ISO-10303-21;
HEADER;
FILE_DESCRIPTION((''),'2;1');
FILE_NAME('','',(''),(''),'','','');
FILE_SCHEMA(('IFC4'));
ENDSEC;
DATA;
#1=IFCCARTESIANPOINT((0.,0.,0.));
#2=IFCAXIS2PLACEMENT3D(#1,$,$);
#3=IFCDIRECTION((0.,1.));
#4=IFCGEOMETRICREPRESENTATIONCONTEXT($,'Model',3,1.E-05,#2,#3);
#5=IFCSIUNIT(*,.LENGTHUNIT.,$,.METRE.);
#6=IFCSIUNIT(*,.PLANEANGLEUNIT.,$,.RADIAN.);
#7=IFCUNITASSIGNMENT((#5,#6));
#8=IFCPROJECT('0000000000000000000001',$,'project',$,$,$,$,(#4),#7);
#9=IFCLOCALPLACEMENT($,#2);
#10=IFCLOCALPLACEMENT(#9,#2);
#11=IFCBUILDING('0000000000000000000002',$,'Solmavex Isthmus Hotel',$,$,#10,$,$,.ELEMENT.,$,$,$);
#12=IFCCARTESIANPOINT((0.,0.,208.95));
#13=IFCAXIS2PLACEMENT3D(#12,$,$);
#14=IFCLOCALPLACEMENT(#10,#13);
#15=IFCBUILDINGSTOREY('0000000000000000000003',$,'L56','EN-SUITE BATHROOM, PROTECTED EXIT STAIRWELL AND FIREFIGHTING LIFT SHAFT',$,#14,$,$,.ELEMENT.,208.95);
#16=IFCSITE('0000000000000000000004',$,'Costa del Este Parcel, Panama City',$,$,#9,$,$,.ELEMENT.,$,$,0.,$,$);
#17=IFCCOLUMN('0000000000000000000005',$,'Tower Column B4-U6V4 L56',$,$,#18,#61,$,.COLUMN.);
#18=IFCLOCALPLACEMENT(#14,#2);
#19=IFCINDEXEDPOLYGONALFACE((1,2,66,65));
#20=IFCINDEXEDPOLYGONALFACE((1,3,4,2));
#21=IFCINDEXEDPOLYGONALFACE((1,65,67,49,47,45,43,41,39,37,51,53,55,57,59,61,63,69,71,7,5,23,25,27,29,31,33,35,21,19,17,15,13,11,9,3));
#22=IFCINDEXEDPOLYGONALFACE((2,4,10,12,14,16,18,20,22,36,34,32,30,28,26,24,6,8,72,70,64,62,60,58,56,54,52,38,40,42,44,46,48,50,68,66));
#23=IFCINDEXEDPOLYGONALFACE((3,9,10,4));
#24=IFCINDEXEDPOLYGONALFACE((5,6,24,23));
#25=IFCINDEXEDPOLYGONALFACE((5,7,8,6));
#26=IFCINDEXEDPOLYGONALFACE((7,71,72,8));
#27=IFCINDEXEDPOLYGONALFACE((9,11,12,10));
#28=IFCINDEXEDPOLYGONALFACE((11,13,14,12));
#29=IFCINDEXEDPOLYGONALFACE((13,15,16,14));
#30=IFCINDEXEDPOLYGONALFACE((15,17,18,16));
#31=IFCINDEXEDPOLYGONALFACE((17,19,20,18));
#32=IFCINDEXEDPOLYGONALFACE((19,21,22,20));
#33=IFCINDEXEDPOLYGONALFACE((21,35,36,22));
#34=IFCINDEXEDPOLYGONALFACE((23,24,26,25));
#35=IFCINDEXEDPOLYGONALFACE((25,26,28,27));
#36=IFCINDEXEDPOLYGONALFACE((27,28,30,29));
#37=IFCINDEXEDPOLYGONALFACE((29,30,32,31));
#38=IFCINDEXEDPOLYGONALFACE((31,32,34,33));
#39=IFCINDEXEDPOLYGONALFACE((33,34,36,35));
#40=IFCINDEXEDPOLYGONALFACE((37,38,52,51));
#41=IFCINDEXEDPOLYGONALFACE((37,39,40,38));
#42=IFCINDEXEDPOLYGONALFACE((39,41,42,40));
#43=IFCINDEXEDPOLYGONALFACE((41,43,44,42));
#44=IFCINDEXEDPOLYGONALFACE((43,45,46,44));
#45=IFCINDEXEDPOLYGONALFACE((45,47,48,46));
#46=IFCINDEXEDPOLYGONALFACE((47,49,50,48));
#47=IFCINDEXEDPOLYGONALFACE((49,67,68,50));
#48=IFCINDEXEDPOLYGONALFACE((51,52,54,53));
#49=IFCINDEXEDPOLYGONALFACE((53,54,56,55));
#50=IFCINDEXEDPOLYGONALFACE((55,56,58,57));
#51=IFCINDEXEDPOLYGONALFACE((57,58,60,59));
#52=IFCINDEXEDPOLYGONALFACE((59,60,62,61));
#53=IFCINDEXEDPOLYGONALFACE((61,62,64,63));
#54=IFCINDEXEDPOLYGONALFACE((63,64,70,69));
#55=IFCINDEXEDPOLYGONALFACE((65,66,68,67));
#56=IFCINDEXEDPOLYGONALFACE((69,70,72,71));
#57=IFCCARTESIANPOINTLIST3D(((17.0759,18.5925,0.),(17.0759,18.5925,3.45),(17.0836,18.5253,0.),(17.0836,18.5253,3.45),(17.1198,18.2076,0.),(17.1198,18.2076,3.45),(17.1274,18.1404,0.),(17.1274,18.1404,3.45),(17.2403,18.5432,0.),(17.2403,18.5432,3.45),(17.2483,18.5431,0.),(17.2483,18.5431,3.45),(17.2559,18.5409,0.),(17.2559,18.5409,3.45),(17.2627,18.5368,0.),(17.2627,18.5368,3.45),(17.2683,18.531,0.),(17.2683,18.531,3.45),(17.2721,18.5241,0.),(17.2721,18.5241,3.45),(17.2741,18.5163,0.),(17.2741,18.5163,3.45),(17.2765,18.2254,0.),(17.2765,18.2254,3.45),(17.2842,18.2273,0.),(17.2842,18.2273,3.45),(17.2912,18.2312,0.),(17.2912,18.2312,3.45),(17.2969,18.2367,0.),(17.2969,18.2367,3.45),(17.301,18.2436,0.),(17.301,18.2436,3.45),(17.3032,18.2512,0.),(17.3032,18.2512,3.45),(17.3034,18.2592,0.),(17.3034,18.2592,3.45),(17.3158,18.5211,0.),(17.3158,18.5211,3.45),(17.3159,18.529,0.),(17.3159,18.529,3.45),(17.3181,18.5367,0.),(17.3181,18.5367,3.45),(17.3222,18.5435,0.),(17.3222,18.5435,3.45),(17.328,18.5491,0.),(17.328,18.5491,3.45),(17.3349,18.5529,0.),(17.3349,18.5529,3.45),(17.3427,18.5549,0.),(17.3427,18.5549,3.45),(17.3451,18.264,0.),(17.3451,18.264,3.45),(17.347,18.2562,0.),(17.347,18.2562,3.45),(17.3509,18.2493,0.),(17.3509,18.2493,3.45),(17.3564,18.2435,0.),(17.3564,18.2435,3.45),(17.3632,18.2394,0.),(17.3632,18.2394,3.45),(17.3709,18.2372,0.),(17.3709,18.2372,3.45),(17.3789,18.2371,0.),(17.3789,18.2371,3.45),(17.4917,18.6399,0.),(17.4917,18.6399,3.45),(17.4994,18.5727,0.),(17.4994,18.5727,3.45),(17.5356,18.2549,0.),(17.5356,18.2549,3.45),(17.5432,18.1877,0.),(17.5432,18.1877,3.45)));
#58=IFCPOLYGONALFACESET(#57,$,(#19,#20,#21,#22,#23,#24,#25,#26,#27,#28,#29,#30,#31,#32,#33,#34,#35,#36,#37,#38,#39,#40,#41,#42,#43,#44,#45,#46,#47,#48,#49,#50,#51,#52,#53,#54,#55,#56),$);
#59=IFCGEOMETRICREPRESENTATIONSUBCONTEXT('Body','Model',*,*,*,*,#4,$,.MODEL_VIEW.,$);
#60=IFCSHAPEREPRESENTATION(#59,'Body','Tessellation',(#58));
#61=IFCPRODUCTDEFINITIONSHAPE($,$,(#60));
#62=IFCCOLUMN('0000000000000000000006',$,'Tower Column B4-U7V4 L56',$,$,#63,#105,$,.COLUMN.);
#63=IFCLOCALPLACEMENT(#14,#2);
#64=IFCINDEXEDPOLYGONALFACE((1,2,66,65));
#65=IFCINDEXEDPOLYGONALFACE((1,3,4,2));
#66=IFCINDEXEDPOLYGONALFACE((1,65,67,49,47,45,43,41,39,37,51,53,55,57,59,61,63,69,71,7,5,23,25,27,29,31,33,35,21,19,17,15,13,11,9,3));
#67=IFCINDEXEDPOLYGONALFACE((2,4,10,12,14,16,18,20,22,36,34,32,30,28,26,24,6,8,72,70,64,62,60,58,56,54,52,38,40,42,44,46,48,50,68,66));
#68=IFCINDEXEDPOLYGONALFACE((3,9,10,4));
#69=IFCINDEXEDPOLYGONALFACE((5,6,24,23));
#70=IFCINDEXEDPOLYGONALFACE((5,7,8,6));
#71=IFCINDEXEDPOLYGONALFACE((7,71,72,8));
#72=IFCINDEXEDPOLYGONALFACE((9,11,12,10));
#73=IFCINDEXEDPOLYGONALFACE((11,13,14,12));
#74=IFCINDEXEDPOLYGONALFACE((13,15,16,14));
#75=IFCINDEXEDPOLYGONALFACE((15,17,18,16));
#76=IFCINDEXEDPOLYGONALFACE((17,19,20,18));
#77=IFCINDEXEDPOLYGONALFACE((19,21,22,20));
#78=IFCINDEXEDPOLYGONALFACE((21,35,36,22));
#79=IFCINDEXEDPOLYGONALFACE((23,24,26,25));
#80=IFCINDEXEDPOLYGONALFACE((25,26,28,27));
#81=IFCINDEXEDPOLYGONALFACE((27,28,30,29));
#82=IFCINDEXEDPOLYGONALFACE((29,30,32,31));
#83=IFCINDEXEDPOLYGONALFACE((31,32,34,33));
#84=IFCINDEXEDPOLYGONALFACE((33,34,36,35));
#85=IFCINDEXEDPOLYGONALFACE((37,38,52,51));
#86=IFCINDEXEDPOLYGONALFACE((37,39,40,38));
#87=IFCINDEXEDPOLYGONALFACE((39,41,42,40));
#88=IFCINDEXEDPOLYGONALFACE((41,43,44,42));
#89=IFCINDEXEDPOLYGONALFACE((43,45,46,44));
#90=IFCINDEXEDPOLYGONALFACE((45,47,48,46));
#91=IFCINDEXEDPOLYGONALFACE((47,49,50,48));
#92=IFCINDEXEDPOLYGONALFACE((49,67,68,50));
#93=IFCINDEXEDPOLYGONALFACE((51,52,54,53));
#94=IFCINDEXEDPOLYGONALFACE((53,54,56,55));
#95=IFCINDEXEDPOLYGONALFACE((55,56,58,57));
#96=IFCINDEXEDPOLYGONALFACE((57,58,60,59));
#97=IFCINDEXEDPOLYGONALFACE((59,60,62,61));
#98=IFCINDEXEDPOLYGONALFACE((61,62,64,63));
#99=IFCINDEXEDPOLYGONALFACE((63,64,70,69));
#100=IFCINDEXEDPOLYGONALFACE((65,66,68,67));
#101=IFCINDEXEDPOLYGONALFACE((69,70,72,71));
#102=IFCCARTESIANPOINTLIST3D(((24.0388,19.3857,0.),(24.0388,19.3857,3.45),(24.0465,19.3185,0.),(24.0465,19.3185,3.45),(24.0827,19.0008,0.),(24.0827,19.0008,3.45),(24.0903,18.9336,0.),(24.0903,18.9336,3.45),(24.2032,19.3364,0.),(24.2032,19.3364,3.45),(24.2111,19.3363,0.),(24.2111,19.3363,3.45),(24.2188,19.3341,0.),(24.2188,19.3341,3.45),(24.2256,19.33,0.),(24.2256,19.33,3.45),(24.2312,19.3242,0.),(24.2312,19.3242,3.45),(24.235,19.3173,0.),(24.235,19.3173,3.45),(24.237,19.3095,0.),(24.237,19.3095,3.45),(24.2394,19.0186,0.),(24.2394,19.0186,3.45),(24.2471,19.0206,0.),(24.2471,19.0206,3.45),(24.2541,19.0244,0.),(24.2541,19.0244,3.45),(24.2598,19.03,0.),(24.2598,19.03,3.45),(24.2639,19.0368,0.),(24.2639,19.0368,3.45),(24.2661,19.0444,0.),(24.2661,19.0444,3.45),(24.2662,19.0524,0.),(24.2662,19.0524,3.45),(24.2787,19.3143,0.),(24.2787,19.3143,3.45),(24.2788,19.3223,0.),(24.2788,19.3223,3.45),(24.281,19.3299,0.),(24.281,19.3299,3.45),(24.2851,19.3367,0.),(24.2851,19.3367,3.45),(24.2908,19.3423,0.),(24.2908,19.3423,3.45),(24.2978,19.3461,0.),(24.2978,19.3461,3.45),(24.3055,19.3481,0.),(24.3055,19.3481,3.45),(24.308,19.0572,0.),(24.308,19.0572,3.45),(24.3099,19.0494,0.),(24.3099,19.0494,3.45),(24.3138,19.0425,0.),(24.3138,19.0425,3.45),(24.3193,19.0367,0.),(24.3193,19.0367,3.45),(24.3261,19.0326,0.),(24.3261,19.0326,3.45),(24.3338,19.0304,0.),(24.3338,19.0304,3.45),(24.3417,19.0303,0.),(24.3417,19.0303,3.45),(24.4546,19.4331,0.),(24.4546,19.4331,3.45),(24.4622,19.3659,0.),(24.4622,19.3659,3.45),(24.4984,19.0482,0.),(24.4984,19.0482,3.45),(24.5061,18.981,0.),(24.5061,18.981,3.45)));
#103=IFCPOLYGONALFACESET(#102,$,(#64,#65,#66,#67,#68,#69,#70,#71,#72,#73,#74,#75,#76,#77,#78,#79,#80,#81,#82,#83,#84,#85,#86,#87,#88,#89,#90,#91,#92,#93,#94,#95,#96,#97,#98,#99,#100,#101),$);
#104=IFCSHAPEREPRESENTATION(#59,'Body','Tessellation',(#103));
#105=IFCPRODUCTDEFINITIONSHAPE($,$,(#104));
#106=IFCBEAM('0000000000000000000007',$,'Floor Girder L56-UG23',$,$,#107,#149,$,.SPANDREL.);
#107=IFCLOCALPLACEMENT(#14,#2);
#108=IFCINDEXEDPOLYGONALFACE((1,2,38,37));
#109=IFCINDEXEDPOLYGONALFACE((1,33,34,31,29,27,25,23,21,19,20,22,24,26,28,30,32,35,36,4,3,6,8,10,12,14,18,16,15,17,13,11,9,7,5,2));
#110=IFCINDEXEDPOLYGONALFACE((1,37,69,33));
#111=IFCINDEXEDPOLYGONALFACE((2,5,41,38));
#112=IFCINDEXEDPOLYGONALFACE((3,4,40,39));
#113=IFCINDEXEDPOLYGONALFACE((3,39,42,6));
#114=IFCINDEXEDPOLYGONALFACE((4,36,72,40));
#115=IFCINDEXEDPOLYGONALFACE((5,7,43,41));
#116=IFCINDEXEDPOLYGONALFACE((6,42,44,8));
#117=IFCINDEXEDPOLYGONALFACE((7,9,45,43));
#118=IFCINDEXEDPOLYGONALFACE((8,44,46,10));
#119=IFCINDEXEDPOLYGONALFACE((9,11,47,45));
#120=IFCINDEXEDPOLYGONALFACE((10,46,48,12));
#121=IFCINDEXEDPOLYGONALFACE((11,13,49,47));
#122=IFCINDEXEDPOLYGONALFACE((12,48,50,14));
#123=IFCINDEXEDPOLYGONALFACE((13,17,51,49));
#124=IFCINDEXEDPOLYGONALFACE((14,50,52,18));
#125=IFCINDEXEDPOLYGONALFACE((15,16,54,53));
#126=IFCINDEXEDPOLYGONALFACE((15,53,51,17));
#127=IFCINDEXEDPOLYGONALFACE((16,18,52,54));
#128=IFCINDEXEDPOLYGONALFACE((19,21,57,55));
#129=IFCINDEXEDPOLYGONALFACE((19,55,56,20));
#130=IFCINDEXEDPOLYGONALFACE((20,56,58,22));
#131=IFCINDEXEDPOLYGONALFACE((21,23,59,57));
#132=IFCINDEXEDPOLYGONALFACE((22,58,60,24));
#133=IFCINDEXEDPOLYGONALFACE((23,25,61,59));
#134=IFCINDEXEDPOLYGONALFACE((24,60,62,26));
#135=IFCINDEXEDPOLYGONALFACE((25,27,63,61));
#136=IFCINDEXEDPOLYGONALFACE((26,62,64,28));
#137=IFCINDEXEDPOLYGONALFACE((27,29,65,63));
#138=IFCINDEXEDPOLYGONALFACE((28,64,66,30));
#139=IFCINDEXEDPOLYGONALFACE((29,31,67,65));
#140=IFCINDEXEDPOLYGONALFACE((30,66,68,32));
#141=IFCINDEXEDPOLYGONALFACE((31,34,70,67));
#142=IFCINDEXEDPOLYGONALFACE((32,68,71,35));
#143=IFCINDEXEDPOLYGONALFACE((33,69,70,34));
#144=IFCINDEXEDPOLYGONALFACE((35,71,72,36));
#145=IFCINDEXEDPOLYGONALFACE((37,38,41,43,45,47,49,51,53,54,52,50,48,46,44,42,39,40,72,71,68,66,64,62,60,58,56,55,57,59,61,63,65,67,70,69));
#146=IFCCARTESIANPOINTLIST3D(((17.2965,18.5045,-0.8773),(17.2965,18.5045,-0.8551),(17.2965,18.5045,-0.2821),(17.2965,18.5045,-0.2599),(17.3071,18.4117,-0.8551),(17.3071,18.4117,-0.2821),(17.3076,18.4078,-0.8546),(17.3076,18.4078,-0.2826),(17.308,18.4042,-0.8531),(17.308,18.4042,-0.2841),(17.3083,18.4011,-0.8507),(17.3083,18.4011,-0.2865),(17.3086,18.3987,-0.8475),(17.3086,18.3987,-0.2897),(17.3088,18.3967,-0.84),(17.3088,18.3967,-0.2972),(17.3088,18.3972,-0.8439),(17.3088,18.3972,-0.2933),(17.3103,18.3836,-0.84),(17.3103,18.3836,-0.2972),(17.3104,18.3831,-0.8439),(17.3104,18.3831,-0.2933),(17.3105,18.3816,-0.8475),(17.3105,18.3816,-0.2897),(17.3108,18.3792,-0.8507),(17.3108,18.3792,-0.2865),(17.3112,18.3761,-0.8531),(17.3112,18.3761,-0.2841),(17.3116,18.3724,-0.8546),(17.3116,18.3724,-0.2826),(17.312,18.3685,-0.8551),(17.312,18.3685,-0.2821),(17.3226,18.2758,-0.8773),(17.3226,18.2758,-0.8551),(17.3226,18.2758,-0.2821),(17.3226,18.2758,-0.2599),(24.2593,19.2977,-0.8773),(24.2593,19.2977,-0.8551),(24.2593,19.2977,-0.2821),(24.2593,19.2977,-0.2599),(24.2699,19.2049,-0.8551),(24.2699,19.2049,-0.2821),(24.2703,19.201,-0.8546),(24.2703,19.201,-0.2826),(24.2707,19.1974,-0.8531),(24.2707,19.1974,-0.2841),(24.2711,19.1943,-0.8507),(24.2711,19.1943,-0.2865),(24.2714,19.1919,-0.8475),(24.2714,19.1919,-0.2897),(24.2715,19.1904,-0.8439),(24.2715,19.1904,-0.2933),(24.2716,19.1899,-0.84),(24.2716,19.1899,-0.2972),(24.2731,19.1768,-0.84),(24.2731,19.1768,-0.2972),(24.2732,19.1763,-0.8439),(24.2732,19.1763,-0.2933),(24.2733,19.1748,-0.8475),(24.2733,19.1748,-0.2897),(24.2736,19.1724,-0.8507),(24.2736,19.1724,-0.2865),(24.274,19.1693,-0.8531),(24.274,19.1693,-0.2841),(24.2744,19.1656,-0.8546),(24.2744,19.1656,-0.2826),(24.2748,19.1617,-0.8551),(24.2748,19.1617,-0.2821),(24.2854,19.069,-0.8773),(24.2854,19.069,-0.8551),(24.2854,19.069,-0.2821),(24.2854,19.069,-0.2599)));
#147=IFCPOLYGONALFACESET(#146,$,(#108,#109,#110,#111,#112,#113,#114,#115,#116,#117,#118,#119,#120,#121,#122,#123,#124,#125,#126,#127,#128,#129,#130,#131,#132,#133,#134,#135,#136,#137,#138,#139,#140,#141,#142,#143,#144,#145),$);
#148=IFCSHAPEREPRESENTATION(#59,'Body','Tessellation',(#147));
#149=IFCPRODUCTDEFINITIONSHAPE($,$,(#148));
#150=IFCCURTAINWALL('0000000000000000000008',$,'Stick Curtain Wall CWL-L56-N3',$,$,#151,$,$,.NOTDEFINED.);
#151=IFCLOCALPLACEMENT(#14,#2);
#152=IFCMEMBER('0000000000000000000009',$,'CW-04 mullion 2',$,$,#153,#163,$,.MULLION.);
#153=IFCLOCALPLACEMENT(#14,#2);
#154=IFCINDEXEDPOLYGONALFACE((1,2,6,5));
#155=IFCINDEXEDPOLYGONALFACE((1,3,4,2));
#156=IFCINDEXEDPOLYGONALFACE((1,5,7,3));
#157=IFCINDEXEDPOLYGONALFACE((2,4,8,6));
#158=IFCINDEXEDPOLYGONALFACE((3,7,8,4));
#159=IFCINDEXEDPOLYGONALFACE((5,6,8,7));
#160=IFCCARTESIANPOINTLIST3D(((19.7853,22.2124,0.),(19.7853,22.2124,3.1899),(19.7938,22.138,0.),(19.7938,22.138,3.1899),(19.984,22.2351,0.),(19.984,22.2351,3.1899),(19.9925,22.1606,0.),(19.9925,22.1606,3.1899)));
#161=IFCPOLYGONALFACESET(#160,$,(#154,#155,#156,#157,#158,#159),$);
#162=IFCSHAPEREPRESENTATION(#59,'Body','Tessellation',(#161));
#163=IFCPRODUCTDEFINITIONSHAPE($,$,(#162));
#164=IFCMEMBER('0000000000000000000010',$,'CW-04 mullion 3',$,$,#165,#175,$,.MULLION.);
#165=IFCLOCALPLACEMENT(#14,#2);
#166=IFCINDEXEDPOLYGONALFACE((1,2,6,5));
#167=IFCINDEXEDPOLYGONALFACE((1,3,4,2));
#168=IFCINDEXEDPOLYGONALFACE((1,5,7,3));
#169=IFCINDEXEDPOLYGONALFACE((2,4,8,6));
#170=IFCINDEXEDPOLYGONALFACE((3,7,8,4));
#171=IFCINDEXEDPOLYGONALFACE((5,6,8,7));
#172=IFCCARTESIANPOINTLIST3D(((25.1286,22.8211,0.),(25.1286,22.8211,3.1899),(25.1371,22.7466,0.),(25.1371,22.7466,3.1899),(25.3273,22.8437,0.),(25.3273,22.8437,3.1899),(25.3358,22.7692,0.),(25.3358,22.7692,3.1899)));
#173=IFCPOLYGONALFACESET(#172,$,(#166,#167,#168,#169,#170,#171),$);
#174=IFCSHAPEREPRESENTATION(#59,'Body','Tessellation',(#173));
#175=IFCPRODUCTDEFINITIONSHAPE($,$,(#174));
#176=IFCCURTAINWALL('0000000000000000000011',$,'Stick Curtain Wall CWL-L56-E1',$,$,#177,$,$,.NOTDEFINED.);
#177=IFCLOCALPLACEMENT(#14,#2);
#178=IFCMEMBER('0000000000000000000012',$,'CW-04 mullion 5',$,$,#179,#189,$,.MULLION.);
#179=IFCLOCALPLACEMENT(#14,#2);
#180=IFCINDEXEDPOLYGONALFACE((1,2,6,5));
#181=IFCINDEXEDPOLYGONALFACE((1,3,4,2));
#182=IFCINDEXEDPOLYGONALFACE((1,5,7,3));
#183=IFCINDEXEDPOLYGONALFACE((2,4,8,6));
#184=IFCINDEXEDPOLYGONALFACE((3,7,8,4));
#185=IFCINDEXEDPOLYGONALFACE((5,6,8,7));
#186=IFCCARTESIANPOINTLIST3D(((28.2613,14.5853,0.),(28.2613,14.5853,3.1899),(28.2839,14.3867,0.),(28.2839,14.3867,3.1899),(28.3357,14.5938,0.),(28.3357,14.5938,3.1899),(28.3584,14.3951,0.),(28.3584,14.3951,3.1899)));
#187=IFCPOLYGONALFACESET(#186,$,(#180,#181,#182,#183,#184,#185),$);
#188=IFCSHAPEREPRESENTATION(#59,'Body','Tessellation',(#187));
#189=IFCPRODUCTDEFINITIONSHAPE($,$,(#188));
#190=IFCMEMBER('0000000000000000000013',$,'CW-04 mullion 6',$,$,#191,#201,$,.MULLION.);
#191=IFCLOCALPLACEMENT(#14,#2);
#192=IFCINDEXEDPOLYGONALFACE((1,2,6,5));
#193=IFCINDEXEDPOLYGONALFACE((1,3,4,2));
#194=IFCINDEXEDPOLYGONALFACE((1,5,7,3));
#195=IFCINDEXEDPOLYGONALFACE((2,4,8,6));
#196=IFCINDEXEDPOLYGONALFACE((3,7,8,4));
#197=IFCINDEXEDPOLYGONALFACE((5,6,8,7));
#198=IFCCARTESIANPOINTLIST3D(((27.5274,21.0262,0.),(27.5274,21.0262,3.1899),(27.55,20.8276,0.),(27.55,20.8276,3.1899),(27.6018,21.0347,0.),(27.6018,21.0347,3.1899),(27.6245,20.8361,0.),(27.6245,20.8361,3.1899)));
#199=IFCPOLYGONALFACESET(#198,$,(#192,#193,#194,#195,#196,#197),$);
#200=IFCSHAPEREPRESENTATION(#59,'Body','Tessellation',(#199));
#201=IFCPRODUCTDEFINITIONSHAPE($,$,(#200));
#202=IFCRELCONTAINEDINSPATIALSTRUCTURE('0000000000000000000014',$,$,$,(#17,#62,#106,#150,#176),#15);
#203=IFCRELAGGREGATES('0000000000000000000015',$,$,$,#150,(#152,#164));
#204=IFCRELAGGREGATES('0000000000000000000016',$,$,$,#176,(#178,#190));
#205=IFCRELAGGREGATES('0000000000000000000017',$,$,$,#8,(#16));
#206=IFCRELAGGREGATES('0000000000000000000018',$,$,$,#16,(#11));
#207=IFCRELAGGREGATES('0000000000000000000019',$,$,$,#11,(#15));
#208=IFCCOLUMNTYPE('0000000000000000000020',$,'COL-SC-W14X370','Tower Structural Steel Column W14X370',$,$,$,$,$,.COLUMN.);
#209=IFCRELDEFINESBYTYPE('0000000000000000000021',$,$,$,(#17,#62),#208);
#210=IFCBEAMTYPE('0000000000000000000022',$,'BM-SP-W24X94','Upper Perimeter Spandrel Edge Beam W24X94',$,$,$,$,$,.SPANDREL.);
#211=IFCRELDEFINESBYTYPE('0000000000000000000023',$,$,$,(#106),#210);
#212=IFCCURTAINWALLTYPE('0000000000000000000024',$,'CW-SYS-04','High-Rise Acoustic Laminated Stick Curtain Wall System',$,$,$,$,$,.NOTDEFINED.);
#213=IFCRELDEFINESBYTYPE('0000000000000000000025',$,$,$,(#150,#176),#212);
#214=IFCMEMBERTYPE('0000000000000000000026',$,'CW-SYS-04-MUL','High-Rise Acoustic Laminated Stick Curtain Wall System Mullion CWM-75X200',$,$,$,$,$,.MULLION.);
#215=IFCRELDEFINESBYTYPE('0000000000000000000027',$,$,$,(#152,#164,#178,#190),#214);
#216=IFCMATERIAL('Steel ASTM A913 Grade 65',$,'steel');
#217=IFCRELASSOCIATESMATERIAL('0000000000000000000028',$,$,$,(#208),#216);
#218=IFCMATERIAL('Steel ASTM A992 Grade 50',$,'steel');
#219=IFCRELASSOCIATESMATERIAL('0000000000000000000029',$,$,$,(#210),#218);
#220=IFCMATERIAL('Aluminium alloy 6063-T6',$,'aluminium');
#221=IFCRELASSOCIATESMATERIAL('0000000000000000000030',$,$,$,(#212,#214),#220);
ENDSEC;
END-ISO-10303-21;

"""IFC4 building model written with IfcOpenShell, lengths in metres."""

from ifc_helpers import new_model, si_unit, direction, frame, origin, origin_2d, place, context, subcontext, project, spatial, rectangle, i_section, extrude, material, material_profile, profile_set, type_object, element, aggregate, save


model = new_model("IFC4")

# Units and contexts
model_context = context("Model", 3, precision=1e-05, world=origin(), true_north=direction((0.0, 1.0)))
body_context = subcontext(model_context, "Body", "Model", "MODEL_VIEW")
ifc_project = project(units=[si_unit("LENGTHUNIT", "METRE"), si_unit("PLANEANGLEUNIT", "RADIAN")], contexts=[model_context])

# Site, building, storey
site_placement = place(None, origin())
site = spatial("IfcSite", under=ifc_project, at=site_placement, Name="Costa del Este Parcel, Panama City", CompositionType="ELEMENT", RefElevation=0.0)
building_placement = place(site_placement, origin())
building = spatial("IfcBuilding", under=site, at=building_placement, Name="Solmavex Isthmus Hotel", CompositionType="ELEMENT")
storey_placement = place(building_placement, frame((0.0, 0.0, 208.95)))
storey = spatial("IfcBuildingStorey", under=building, at=storey_placement, Name="L56", Description="EN-SUITE BATHROOM, PROTECTED EXIT STAIRWELL AND FIREFIGHTING LIFT SHAFT", CompositionType="ELEMENT", Elevation=208.95)

# Columns
ifc_material_1 = material(Name="Steel ASTM A913 Grade 65", Category="steel")
ifc_material_profile_1 = material_profile(ifc_material_1, i_section(OverallWidth=0.4185, OverallDepth=0.4551, WebThickness=0.042, FlangeThickness=0.0676, FilletRadius=0.0305, at=origin_2d()), Name="W14X370")
ifc_profile_set_1 = profile_set([ifc_material_profile_1], Name="Steel ASTM A913 Grade 65")
column_type = type_object("IfcColumnType", Name="COL-SC-W14X370", Description="Tower Structural Steel Column W14X370", PredefinedType="COLUMN", material=ifc_profile_set_1)
for number, where, z_axis, x_axis, name in (
    (1, (17.3096, 18.3901, 0.0), (0.0, 0.0, 1.0), (0.993572, 0.113203, 0.0), "Tower Column B4-U6V4 L56"),
    (2, (24.2725, 19.1833, 0.0), (0.0, 0.0, 1.0), (0.993572, 0.113203, 0.0), "Tower Column B4-U7V4 L56"),
):
    element("IfcColumn", number, at=place(storey_placement, frame(where, z_axis=z_axis, x_axis=x_axis)), inside=storey, type_object=column_type, Name=name, PredefinedType="COLUMN", context=body_context, shape_type="SweptSolid", body=[
        extrude(i_section(OverallWidth=0.4185, OverallDepth=0.4551, WebThickness=0.042, FlangeThickness=0.0676, FilletRadius=0.0305, at=origin_2d()), origin(), (0.0, 0.0, 1.0), 3.45),
    ])

# Beam
ifc_material_2 = material(Name="Steel ASTM A992 Grade 50", Category="steel")
ifc_material_profile_2 = material_profile(ifc_material_2, i_section(OverallWidth=0.2302, OverallDepth=0.6174, WebThickness=0.0132, FlangeThickness=0.0222, FilletRadius=0.0151, at=origin_2d()), Name="W24X94")
ifc_profile_set_2 = profile_set([ifc_material_profile_2], Name="Steel ASTM A992 Grade 50")
beam_type = type_object("IfcBeamType", Name="BM-SP-W24X94", Description="Upper Perimeter Spandrel Edge Beam W24X94", PredefinedType="SPANDREL", material=ifc_profile_set_2)
beam_placement = place(storey_placement, frame((17.3096, 18.3901, -0.5686), z_axis=(0.993574, 0.113188, 0.0), x_axis=(-0.113188, 0.993574, 0.0)))
element("IfcBeam", 3, at=beam_placement, inside=storey, type_object=beam_type, Name="Floor Girder L56-UG23", PredefinedType="SPANDREL", context=body_context, shape_type="SweptSolid", body=[
    extrude(i_section(OverallWidth=0.2302, OverallDepth=0.6174, WebThickness=0.0132, FlangeThickness=0.0222, FilletRadius=0.0151, at=origin_2d()), origin(), (0.0, 0.0, 1.0), 7.0078),
])

# Curtain walls, members
ifc_material_3 = material(Name="Aluminium alloy 6063-T6", Category="aluminium")
curtain_wall_type = type_object("IfcCurtainWallType", Name="CW-SYS-04", Description="High-Rise Acoustic Laminated Stick Curtain Wall System", PredefinedType="NOTDEFINED", material=ifc_material_3)
curtain_wall_1_placement = place(storey_placement, origin())
curtain_wall_1 = element("IfcCurtainWall", 4, at=curtain_wall_1_placement, inside=storey, type_object=curtain_wall_type, Name="Stick Curtain Wall CWL-L56-N3", PredefinedType="NOTDEFINED")
ifc_material_profile_3 = material_profile(ifc_material_3, rectangle(XDim=0.075, YDim=0.2, at=origin_2d()), Name="CWM-75X200")
ifc_profile_set_3 = profile_set([ifc_material_profile_3], Name="Aluminium alloy 6063-T6")
member_type_1 = type_object("IfcMemberType", Name="CW-SYS-04-MUL", Description="High-Rise Acoustic Laminated Stick Curtain Wall System Mullion CWM-75X200", PredefinedType="MULLION", material=ifc_profile_set_3)
member_1_placement = place(storey_placement, frame((19.8889, 22.1865, 0.0), z_axis=(0.0, 0.0, 1.0), x_axis=(-0.113204, 0.993572, 0.0)))
member_1 = element("IfcMember", 5, at=member_1_placement, type_object=member_type_1, Name="CW-04 mullion 2", PredefinedType="MULLION", context=body_context, shape_type="SweptSolid", body=[
    extrude(rectangle(XDim=0.075, YDim=0.2, at=origin_2d()), origin(), (0.0, 0.0, 1.0), 3.1899),
])
member_2_placement = place(storey_placement, frame((25.2322, 22.7952, 0.0), z_axis=(0.0, 0.0, 1.0), x_axis=(-0.113204, 0.993572, 0.0)))
member_2 = element("IfcMember", 6, at=member_2_placement, type_object=member_type_1, Name="CW-04 mullion 3", PredefinedType="MULLION", context=body_context, shape_type="SweptSolid", body=[
    extrude(rectangle(XDim=0.075, YDim=0.2, at=origin_2d()), origin(), (0.0, 0.0, 1.0), 3.1899),
])
curtain_wall_2_placement = place(storey_placement, origin())
curtain_wall_2 = element("IfcCurtainWall", 7, at=curtain_wall_2_placement, inside=storey, type_object=curtain_wall_type, Name="Stick Curtain Wall CWL-L56-E1", PredefinedType="NOTDEFINED")
member_3_placement = place(storey_placement, frame((28.3098, 14.4902, 0.0), z_axis=(0.0, 0.0, 1.0), x_axis=(-0.993572, -0.113203, 0.0)))
member_3 = element("IfcMember", 8, at=member_3_placement, type_object=member_type_1, Name="CW-04 mullion 5", PredefinedType="MULLION", context=body_context, shape_type="SweptSolid", body=[
    extrude(rectangle(XDim=0.075, YDim=0.2, at=origin_2d()), origin(), (0.0, 0.0, 1.0), 3.1899),
])
member_4_placement = place(storey_placement, frame((27.5759, 20.9312, 0.0), z_axis=(0.0, 0.0, 1.0), x_axis=(-0.993572, -0.113203, 0.0)))
member_4 = element("IfcMember", 9, at=member_4_placement, type_object=member_type_1, Name="CW-04 mullion 6", PredefinedType="MULLION", context=body_context, shape_type="SweptSolid", body=[
    extrude(rectangle(XDim=0.075, YDim=0.2, at=origin_2d()), origin(), (0.0, 0.0, 1.0), 3.1899),
])

aggregate(curtain_wall_1, [member_1, member_2])
aggregate(curtain_wall_2, [member_3, member_4])

save(model, "model.ifc")
